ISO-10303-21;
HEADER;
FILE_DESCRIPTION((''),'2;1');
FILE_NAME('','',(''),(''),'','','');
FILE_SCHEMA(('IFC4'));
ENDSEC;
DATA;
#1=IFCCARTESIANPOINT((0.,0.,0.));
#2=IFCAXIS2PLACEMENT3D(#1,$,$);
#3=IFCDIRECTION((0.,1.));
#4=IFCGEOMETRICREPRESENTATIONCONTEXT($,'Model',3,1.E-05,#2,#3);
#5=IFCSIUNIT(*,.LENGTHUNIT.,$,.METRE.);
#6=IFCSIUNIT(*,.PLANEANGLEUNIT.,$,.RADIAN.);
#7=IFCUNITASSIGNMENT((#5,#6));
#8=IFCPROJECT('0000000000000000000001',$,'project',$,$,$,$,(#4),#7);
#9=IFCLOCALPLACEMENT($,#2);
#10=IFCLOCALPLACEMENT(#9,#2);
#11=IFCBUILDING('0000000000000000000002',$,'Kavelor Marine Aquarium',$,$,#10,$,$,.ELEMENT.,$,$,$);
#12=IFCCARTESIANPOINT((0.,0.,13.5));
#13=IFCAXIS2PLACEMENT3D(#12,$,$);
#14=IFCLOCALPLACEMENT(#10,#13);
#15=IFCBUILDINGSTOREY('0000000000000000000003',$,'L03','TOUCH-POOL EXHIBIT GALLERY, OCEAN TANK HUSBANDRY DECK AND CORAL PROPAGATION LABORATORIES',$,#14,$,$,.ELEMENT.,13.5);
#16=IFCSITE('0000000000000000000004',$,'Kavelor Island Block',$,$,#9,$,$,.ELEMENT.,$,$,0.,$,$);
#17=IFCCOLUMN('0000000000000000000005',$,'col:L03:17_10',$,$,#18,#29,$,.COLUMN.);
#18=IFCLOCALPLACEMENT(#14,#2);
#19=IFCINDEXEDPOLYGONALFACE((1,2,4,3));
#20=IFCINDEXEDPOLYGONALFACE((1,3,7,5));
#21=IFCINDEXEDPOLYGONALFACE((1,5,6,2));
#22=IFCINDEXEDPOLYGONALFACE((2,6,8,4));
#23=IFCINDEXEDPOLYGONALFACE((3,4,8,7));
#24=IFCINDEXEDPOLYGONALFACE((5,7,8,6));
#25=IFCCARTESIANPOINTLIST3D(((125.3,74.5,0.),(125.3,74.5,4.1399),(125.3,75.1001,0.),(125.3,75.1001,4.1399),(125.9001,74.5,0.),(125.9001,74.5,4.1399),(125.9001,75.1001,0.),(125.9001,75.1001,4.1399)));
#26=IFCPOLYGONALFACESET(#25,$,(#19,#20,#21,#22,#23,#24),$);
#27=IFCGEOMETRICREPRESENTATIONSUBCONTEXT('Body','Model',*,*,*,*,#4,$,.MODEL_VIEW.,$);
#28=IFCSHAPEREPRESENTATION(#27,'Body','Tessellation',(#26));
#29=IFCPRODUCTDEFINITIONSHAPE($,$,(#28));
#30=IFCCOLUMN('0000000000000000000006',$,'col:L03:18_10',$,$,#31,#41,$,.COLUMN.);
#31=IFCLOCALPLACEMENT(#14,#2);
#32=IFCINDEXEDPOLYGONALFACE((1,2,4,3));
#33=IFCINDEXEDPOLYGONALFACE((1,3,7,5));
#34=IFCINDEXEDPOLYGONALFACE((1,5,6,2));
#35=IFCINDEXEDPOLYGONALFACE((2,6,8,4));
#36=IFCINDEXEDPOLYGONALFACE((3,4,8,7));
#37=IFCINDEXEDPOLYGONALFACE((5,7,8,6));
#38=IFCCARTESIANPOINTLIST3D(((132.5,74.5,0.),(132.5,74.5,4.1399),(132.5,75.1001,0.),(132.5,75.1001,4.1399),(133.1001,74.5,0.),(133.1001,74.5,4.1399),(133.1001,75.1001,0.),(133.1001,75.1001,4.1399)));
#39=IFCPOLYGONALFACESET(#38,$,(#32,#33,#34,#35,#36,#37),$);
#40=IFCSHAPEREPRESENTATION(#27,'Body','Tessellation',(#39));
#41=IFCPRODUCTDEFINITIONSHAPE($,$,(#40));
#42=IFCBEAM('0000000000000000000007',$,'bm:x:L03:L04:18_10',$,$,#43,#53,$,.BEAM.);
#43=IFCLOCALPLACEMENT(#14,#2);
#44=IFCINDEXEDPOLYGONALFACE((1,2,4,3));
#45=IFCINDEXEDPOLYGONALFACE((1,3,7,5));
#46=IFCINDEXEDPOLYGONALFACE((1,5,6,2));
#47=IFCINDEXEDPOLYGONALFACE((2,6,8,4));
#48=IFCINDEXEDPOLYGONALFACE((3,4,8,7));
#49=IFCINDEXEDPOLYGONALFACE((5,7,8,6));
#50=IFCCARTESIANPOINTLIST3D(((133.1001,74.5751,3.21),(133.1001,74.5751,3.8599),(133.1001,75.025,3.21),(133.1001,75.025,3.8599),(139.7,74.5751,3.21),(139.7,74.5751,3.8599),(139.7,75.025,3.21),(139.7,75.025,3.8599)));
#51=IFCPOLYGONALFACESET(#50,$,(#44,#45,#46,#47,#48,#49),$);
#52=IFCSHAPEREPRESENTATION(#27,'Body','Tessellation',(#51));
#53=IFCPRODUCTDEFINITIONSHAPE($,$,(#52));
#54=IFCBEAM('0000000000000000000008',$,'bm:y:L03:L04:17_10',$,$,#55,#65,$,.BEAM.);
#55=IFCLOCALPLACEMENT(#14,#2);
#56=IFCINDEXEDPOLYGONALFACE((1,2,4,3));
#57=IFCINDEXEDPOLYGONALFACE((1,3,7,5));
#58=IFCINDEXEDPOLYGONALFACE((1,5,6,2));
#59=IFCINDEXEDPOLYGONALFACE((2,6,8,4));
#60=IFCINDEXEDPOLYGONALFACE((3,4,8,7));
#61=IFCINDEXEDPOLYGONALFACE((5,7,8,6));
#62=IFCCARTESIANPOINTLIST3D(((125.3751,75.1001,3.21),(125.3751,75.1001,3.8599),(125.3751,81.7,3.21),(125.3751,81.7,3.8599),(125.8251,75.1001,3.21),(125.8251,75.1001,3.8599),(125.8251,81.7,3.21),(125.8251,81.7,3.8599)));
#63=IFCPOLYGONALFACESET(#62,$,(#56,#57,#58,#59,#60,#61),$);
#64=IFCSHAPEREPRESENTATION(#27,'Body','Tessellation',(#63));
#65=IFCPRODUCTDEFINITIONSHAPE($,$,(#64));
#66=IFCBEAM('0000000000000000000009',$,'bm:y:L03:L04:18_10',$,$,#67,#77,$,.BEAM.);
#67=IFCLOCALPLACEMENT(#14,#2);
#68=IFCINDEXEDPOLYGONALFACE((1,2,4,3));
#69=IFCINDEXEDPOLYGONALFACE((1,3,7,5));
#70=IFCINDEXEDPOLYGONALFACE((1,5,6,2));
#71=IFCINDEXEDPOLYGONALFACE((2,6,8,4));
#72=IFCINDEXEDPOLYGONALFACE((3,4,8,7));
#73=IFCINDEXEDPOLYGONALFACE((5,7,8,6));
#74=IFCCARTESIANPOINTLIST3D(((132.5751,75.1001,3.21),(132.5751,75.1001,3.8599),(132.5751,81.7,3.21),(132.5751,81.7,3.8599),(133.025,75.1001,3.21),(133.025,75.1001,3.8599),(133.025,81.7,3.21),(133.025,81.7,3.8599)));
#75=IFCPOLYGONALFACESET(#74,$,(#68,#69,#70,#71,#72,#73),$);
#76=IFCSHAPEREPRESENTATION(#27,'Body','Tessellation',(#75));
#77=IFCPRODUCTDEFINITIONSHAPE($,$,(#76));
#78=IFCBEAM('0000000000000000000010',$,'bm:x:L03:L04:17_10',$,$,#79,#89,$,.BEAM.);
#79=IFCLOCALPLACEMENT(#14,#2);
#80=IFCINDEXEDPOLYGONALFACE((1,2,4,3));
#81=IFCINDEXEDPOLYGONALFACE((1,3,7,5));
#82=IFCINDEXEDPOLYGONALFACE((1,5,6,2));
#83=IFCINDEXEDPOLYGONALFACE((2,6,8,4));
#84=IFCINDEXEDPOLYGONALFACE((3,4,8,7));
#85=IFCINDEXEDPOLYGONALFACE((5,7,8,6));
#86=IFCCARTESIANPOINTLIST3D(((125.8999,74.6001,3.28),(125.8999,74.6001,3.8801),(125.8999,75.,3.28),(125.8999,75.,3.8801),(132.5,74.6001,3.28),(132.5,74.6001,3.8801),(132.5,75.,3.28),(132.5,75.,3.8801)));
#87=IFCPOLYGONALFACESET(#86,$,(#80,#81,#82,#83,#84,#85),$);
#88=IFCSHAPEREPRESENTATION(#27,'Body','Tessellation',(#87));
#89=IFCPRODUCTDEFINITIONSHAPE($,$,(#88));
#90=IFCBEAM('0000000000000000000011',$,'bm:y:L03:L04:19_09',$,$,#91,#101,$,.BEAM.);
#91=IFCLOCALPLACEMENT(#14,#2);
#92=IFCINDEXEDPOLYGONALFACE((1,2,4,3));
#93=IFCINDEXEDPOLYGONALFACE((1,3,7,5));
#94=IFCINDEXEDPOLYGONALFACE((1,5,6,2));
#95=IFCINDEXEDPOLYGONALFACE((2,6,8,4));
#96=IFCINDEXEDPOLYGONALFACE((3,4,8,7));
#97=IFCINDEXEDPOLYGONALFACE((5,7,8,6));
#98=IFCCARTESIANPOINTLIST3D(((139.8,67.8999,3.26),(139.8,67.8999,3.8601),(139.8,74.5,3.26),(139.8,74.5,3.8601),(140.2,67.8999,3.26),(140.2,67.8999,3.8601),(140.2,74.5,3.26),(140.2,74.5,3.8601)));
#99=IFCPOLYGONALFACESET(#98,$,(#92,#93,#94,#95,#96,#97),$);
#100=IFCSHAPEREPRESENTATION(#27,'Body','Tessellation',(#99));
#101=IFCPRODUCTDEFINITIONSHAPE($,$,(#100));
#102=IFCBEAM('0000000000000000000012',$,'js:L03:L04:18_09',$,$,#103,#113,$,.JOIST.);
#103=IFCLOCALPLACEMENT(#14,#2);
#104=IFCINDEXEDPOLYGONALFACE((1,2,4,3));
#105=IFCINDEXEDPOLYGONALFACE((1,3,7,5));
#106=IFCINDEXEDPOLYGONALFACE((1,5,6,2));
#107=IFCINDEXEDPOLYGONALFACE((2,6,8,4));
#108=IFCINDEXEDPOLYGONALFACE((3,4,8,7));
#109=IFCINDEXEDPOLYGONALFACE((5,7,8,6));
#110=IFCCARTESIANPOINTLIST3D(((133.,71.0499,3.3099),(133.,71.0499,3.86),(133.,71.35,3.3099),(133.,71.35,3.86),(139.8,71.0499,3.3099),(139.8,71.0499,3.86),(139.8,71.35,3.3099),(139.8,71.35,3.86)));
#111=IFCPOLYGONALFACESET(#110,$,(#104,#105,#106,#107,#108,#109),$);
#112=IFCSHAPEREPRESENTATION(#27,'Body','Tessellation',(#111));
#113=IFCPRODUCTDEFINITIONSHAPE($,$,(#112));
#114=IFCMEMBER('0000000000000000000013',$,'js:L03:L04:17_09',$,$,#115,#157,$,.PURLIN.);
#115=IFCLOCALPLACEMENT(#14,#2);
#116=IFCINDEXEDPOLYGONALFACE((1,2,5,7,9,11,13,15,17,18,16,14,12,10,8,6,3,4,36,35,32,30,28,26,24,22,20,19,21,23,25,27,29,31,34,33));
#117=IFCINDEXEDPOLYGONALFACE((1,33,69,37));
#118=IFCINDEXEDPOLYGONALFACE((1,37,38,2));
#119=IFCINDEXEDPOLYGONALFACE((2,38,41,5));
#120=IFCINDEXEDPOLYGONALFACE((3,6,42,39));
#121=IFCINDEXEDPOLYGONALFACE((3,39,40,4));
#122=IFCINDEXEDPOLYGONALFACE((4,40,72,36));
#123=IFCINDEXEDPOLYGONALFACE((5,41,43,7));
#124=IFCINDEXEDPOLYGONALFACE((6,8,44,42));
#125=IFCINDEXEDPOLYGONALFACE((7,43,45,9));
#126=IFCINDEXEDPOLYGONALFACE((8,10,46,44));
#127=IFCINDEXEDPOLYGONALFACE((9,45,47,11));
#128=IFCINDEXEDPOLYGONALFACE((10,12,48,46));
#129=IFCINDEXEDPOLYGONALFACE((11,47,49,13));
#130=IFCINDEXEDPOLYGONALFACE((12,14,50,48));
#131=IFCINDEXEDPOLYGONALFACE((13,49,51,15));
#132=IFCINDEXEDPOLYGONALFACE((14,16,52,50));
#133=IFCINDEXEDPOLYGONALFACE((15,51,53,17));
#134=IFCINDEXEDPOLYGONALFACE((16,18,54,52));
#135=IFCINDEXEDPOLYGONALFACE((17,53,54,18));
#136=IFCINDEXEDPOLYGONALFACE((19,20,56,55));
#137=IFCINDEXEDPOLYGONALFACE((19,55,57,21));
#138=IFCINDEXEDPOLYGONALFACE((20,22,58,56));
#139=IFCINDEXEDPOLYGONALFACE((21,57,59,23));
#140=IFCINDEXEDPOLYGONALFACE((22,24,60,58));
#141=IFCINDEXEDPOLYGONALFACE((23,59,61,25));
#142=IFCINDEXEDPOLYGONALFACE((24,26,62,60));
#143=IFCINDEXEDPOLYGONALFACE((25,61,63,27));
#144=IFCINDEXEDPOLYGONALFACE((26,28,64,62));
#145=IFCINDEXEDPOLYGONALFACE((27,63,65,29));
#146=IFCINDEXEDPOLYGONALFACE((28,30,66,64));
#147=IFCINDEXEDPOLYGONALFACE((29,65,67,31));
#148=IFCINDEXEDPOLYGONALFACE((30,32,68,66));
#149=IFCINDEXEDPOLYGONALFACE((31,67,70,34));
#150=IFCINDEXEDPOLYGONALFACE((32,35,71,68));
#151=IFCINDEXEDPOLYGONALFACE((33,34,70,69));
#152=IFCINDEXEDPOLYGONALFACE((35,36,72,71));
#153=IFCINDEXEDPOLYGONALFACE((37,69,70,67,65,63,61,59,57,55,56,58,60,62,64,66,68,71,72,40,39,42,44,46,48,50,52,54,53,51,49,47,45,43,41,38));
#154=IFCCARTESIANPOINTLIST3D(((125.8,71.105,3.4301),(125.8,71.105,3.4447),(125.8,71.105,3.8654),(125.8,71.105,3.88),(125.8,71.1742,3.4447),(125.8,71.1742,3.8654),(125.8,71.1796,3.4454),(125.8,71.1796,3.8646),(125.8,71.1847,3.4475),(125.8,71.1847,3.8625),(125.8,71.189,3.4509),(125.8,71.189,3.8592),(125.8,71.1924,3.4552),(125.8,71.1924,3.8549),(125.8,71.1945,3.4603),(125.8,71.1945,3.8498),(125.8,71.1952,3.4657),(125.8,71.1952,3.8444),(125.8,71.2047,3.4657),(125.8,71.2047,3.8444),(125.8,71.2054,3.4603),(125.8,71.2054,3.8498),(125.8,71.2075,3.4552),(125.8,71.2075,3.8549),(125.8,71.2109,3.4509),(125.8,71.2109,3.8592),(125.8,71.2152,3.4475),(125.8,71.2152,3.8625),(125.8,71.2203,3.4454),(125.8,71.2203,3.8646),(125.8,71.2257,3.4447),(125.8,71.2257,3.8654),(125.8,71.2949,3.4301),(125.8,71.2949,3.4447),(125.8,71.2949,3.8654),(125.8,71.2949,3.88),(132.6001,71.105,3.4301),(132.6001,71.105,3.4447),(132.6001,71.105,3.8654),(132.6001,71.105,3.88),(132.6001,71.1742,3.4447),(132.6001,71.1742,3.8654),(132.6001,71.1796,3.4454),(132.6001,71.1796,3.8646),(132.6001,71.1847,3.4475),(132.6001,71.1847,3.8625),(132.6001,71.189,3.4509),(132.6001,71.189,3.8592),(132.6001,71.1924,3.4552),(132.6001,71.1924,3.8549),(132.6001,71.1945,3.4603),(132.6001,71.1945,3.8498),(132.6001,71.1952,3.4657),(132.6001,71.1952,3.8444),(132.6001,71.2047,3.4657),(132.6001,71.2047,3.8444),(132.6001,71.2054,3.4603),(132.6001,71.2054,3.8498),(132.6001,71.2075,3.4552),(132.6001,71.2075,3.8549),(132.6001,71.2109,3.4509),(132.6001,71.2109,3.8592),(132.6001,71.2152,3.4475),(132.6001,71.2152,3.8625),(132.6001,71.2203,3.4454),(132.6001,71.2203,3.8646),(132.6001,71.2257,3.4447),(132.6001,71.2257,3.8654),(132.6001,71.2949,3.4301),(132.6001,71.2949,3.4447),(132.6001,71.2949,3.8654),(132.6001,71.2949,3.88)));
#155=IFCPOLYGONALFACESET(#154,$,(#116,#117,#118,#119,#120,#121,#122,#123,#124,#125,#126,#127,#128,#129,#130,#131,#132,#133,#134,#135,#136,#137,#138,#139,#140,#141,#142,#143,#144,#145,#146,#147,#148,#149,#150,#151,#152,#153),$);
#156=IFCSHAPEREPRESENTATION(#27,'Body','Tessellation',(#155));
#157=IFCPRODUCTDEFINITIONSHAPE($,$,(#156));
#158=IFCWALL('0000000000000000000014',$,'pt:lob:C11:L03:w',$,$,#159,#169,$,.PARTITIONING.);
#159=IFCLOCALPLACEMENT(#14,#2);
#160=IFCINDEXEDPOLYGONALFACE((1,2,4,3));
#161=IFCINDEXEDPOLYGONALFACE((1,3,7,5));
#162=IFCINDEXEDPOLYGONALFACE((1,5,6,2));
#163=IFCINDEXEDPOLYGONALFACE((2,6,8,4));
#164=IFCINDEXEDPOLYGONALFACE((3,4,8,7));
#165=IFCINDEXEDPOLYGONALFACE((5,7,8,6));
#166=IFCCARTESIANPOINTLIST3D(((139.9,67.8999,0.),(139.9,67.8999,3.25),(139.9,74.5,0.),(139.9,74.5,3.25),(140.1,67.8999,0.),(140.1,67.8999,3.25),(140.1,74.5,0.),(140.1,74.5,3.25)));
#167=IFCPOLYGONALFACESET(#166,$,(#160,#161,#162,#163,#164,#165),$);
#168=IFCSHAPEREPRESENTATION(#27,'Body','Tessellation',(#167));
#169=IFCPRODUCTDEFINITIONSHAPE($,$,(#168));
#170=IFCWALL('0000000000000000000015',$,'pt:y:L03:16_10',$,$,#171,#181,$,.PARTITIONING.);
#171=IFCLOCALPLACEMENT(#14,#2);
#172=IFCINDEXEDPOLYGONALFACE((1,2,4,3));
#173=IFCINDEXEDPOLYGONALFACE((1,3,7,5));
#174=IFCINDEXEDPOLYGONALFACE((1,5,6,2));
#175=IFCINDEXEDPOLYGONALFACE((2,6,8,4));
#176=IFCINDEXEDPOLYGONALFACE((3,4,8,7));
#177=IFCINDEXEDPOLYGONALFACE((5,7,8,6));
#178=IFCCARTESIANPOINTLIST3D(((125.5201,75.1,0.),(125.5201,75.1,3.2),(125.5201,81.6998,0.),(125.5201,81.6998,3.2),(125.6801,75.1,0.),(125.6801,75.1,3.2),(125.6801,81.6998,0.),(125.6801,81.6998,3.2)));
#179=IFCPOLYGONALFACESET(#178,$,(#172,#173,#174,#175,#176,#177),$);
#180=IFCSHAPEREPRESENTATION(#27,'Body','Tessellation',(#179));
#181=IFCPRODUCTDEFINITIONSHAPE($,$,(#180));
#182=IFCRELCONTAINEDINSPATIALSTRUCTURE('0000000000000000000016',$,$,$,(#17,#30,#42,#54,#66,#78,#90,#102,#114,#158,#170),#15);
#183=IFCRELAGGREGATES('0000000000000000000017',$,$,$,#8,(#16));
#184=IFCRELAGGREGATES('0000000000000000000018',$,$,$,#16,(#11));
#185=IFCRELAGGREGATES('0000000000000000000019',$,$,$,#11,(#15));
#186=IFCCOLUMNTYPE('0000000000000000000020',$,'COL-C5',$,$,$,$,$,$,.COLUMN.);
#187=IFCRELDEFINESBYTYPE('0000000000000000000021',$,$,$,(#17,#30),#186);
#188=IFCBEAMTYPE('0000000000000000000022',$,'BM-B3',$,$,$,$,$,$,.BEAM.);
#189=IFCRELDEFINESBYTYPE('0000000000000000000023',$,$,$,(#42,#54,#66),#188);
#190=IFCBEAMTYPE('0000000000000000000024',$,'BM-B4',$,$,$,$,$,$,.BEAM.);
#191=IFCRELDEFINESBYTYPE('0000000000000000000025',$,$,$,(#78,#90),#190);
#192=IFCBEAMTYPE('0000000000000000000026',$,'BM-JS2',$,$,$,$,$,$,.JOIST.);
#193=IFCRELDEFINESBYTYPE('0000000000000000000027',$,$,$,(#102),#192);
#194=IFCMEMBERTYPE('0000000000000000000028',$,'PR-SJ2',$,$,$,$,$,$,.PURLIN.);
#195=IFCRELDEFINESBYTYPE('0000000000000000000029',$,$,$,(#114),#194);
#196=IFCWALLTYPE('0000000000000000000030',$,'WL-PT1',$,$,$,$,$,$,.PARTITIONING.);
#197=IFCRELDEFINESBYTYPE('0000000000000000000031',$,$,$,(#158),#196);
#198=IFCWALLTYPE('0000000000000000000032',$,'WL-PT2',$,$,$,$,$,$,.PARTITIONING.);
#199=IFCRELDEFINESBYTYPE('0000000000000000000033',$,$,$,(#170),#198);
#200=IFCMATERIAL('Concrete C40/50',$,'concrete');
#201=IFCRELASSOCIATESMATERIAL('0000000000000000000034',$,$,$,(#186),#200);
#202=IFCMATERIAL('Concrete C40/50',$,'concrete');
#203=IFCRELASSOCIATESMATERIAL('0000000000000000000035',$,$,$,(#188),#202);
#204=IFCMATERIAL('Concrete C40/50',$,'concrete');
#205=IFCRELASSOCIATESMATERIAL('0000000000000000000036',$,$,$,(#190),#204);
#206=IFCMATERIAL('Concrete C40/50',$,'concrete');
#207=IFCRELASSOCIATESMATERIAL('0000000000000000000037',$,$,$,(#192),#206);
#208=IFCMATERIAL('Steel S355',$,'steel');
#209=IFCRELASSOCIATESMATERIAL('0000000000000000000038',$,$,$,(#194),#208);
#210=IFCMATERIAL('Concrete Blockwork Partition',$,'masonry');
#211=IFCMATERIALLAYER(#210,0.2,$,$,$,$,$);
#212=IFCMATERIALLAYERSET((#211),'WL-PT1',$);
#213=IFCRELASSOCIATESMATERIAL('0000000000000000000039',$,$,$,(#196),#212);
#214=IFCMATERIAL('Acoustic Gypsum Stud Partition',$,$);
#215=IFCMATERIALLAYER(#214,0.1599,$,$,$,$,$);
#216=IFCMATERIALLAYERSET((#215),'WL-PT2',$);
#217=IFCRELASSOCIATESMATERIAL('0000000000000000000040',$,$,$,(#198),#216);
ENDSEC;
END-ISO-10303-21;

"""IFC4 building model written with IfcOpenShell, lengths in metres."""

from ifc_helpers import new_model, si_unit, direction, frame, frame_2d, origin, origin_2d, place, context, subcontext, project, spatial, rectangle, i_section, extrude, material, layer, layer_set, material_profile, profile_set, type_object, element, save


model = new_model("IFC4")

# Units and contexts
model_context = context("Model", 3, precision=1e-05, world=origin(), true_north=direction((0.0, 1.0)))
body_context = subcontext(model_context, "Body", "Model", "MODEL_VIEW")
ifc_project = project(units=[si_unit("LENGTHUNIT", "METRE"), si_unit("PLANEANGLEUNIT", "RADIAN")], contexts=[model_context])

# Site, building, storey
site_placement = place(None, origin())
site = spatial("IfcSite", under=ifc_project, at=site_placement, Name="Kavelor Island Block", CompositionType="ELEMENT", RefElevation=0.0)
building_placement = place(site_placement, origin())
building = spatial("IfcBuilding", under=site, at=building_placement, Name="Kavelor Marine Aquarium", CompositionType="ELEMENT")
storey_placement = place(building_placement, frame((0.0, 0.0, 13.5)))
storey = spatial("IfcBuildingStorey", under=building, at=storey_placement, Name="L03", Description="TOUCH-POOL EXHIBIT GALLERY, OCEAN TANK HUSBANDRY DECK AND CORAL PROPAGATION LABORATORIES", CompositionType="ELEMENT", Elevation=13.5)

# Columns
ifc_material_1 = material(Name="Concrete C40/50", Category="concrete")
ifc_material_profile_1 = material_profile(ifc_material_1, rectangle(XDim=0.6001, YDim=0.6001, at=origin_2d()), Name="RC-COL 600x600")
ifc_profile_set_1 = profile_set([ifc_material_profile_1], Name="Concrete C40/50")
column_type = type_object("IfcColumnType", Name="COL-C5", PredefinedType="COLUMN", material=ifc_profile_set_1)
for number, where, z_axis, x_axis, name in (
    (1, (125.6001, 74.8, 0.0), (0.0, 0.0, 1.0), (1.0, 0.0, 0.0), "col:L03:17_10"),
    (2, (132.8, 74.8, 0.0), (0.0, 0.0, 1.0), (1.0, 0.0, 0.0), "col:L03:18_10"),
):
    element("IfcColumn", number, at=place(storey_placement, frame(where, z_axis=z_axis, x_axis=x_axis)), inside=storey, type_object=column_type, Name=name, PredefinedType="COLUMN", context=body_context, shape_type="SweptSolid", body=[
        extrude(rectangle(XDim=0.6001, YDim=0.6001, at=origin_2d()), origin(), (0.0, 0.0, 1.0), 4.1399),
    ])

# Beams
ifc_material_2 = material(Name="Concrete C40/50", Category="concrete")
ifc_material_profile_2 = material_profile(ifc_material_2, rectangle(XDim=0.45, YDim=0.6499, at=origin_2d()), Name="RC-BM 450x650")
ifc_profile_set_2 = profile_set([ifc_material_profile_2], Name="Concrete C40/50")
beam_type_1 = type_object("IfcBeamType", Name="BM-B3", PredefinedType="BEAM", material=ifc_profile_set_2)
for number, where, z_axis, x_axis, name in (
    (3, (133.1001, 74.8, 3.5349), (1.0, 0.0, 0.0), (0.0, 1.0, 0.0), "bm:x:L03:L04:18_10"),
    (4, (125.6001, 75.1001, 3.5349), (0.0, 1.0, 0.0), (-1.0, 0.0, 0.0), "bm:y:L03:L04:17_10"),
    (5, (132.8, 75.1001, 3.5349), (0.0, 1.0, 0.0), (-1.0, 0.0, 0.0), "bm:y:L03:L04:18_10"),
):
    element("IfcBeam", number, at=place(storey_placement, frame(where, z_axis=z_axis, x_axis=x_axis)), inside=storey, type_object=beam_type_1, Name=name, PredefinedType="BEAM", context=body_context, shape_type="SweptSolid", body=[
        extrude(rectangle(XDim=0.45, YDim=0.6499, at=origin_2d()), origin(), (0.0, 0.0, 1.0), 6.5999),
    ])
ifc_material_3 = material(Name="Concrete C40/50", Category="concrete")
ifc_material_profile_3 = material_profile(ifc_material_3, rectangle(XDim=0.3999, YDim=0.6001, at=origin_2d()), Name="RC-BM 400x600")
ifc_profile_set_3 = profile_set([ifc_material_profile_3], Name="Concrete C40/50")
beam_type_2 = type_object("IfcBeamType", Name="BM-B4", PredefinedType="BEAM", material=ifc_profile_set_3)
for number, where, z_axis, x_axis, name in (
    (6, (125.8999, 74.8, 3.5801), (1.0, 0.0, 0.0), (0.0, 1.0, 0.0), "bm:x:L03:L04:17_10"),
    (7, (140.0, 67.8999, 3.5601), (0.0, 1.0, 0.0), (-1.0, 0.0, 0.0), "bm:y:L03:L04:19_09"),
):
    element("IfcBeam", number, at=place(storey_placement, frame(where, z_axis=z_axis, x_axis=x_axis)), inside=storey, type_object=beam_type_2, Name=name, PredefinedType="BEAM", context=body_context, shape_type="SweptSolid", body=[
        extrude(rectangle(XDim=0.3999, YDim=0.6001, at=origin_2d()), origin(), (0.0, 0.0, 1.0), 6.6001),
    ])
ifc_material_4 = material(Name="Concrete C40/50", Category="concrete")
ifc_material_profile_4 = material_profile(ifc_material_4, rectangle(XDim=0.3, YDim=0.55, at=origin_2d()), Name="RC-JS 300x550")
ifc_profile_set_4 = profile_set([ifc_material_profile_4], Name="Concrete C40/50")
beam_type_3 = type_object("IfcBeamType", Name="BM-JS2", PredefinedType="JOIST", material=ifc_profile_set_4)
beam_placement = place(storey_placement, frame((133.0, 71.2, 3.585), z_axis=(1.0, 0.0, 0.0), x_axis=(0.0, 1.0, 0.0)))
element("IfcBeam", 8, at=beam_placement, inside=storey, type_object=beam_type_3, Name="js:L03:L04:18_09", PredefinedType="JOIST", context=body_context, shape_type="SweptSolid", body=[
    extrude(rectangle(XDim=0.3, YDim=0.55, at=origin_2d()), origin(), (0.0, 0.0, 1.0), 6.8),
])

# Member
ifc_material_5 = material(Name="Steel S355", Category="steel")
ifc_material_profile_5 = material_profile(ifc_material_5, i_section(OverallWidth=0.1899, OverallDepth=0.45, WebThickness=0.0095, FlangeThickness=0.0146, FilletRadius=0.021, at=origin_2d()), Name="IPE 450")
ifc_profile_set_5 = profile_set([ifc_material_profile_5], Name="Steel S355")
member_type = type_object("IfcMemberType", Name="PR-SJ2", PredefinedType="PURLIN", material=ifc_profile_set_5)
member_placement = place(storey_placement, frame((125.8, 71.2, 3.655), z_axis=(1.0, 0.0, 0.0), x_axis=(0.0, 1.0, 0.0)))
element("IfcMember", 9, at=member_placement, inside=storey, type_object=member_type, Name="js:L03:L04:17_09", PredefinedType="PURLIN", context=body_context, shape_type="SweptSolid", body=[
    extrude(i_section(OverallWidth=0.1899, OverallDepth=0.45, WebThickness=0.0095, FlangeThickness=0.0146, FilletRadius=0.021, at=origin_2d()), origin(), (0.0, 0.0, 1.0), 6.8),
])

# Walls
ifc_material_6 = material(Name="Concrete Blockwork Partition", Category="masonry")
ifc_layer_1 = layer(ifc_material_6, 0.2)
ifc_layer_set_1 = layer_set([ifc_layer_1], Name="WL-PT1")
wall_type_1 = type_object("IfcWallType", Name="WL-PT1", PredefinedType="PARTITIONING", material=ifc_layer_set_1)
wall_1_placement = place(storey_placement, frame((140.0, 67.8999, 0.0), z_axis=(0.0, 0.0, 1.0), x_axis=(0.0, 1.0, 0.0)))
element("IfcWall", 10, at=wall_1_placement, inside=storey, type_object=wall_type_1, Name="pt:lob:C11:L03:w", PredefinedType="PARTITIONING", context=body_context, shape_type="SweptSolid", body=[
    extrude(rectangle(XDim=6.6001, YDim=0.2, at=frame_2d((3.3, 0.0))), origin(), (0.0, 0.0, 1.0), 3.25),
])
ifc_material_7 = material(Name="Acoustic Gypsum Stud Partition")
ifc_layer_2 = layer(ifc_material_7, 0.1599)
ifc_layer_set_2 = layer_set([ifc_layer_2], Name="WL-PT2")
wall_type_2 = type_object("IfcWallType", Name="WL-PT2", PredefinedType="PARTITIONING", material=ifc_layer_set_2)
wall_2_placement = place(storey_placement, frame((125.6001, 75.1001, 0.0), z_axis=(0.0, 0.0, 1.0), x_axis=(0.0, 1.0, 0.0)))
element("IfcWall", 11, at=wall_2_placement, inside=storey, type_object=wall_type_2, Name="pt:y:L03:16_10", PredefinedType="PARTITIONING", context=body_context, shape_type="SweptSolid", body=[
    extrude(rectangle(XDim=6.5999, YDim=0.1599, at=frame_2d((3.2998, 0.0))), origin(), (0.0, 0.0, 1.0), 3.2),
])

save(model, "model.ifc")
